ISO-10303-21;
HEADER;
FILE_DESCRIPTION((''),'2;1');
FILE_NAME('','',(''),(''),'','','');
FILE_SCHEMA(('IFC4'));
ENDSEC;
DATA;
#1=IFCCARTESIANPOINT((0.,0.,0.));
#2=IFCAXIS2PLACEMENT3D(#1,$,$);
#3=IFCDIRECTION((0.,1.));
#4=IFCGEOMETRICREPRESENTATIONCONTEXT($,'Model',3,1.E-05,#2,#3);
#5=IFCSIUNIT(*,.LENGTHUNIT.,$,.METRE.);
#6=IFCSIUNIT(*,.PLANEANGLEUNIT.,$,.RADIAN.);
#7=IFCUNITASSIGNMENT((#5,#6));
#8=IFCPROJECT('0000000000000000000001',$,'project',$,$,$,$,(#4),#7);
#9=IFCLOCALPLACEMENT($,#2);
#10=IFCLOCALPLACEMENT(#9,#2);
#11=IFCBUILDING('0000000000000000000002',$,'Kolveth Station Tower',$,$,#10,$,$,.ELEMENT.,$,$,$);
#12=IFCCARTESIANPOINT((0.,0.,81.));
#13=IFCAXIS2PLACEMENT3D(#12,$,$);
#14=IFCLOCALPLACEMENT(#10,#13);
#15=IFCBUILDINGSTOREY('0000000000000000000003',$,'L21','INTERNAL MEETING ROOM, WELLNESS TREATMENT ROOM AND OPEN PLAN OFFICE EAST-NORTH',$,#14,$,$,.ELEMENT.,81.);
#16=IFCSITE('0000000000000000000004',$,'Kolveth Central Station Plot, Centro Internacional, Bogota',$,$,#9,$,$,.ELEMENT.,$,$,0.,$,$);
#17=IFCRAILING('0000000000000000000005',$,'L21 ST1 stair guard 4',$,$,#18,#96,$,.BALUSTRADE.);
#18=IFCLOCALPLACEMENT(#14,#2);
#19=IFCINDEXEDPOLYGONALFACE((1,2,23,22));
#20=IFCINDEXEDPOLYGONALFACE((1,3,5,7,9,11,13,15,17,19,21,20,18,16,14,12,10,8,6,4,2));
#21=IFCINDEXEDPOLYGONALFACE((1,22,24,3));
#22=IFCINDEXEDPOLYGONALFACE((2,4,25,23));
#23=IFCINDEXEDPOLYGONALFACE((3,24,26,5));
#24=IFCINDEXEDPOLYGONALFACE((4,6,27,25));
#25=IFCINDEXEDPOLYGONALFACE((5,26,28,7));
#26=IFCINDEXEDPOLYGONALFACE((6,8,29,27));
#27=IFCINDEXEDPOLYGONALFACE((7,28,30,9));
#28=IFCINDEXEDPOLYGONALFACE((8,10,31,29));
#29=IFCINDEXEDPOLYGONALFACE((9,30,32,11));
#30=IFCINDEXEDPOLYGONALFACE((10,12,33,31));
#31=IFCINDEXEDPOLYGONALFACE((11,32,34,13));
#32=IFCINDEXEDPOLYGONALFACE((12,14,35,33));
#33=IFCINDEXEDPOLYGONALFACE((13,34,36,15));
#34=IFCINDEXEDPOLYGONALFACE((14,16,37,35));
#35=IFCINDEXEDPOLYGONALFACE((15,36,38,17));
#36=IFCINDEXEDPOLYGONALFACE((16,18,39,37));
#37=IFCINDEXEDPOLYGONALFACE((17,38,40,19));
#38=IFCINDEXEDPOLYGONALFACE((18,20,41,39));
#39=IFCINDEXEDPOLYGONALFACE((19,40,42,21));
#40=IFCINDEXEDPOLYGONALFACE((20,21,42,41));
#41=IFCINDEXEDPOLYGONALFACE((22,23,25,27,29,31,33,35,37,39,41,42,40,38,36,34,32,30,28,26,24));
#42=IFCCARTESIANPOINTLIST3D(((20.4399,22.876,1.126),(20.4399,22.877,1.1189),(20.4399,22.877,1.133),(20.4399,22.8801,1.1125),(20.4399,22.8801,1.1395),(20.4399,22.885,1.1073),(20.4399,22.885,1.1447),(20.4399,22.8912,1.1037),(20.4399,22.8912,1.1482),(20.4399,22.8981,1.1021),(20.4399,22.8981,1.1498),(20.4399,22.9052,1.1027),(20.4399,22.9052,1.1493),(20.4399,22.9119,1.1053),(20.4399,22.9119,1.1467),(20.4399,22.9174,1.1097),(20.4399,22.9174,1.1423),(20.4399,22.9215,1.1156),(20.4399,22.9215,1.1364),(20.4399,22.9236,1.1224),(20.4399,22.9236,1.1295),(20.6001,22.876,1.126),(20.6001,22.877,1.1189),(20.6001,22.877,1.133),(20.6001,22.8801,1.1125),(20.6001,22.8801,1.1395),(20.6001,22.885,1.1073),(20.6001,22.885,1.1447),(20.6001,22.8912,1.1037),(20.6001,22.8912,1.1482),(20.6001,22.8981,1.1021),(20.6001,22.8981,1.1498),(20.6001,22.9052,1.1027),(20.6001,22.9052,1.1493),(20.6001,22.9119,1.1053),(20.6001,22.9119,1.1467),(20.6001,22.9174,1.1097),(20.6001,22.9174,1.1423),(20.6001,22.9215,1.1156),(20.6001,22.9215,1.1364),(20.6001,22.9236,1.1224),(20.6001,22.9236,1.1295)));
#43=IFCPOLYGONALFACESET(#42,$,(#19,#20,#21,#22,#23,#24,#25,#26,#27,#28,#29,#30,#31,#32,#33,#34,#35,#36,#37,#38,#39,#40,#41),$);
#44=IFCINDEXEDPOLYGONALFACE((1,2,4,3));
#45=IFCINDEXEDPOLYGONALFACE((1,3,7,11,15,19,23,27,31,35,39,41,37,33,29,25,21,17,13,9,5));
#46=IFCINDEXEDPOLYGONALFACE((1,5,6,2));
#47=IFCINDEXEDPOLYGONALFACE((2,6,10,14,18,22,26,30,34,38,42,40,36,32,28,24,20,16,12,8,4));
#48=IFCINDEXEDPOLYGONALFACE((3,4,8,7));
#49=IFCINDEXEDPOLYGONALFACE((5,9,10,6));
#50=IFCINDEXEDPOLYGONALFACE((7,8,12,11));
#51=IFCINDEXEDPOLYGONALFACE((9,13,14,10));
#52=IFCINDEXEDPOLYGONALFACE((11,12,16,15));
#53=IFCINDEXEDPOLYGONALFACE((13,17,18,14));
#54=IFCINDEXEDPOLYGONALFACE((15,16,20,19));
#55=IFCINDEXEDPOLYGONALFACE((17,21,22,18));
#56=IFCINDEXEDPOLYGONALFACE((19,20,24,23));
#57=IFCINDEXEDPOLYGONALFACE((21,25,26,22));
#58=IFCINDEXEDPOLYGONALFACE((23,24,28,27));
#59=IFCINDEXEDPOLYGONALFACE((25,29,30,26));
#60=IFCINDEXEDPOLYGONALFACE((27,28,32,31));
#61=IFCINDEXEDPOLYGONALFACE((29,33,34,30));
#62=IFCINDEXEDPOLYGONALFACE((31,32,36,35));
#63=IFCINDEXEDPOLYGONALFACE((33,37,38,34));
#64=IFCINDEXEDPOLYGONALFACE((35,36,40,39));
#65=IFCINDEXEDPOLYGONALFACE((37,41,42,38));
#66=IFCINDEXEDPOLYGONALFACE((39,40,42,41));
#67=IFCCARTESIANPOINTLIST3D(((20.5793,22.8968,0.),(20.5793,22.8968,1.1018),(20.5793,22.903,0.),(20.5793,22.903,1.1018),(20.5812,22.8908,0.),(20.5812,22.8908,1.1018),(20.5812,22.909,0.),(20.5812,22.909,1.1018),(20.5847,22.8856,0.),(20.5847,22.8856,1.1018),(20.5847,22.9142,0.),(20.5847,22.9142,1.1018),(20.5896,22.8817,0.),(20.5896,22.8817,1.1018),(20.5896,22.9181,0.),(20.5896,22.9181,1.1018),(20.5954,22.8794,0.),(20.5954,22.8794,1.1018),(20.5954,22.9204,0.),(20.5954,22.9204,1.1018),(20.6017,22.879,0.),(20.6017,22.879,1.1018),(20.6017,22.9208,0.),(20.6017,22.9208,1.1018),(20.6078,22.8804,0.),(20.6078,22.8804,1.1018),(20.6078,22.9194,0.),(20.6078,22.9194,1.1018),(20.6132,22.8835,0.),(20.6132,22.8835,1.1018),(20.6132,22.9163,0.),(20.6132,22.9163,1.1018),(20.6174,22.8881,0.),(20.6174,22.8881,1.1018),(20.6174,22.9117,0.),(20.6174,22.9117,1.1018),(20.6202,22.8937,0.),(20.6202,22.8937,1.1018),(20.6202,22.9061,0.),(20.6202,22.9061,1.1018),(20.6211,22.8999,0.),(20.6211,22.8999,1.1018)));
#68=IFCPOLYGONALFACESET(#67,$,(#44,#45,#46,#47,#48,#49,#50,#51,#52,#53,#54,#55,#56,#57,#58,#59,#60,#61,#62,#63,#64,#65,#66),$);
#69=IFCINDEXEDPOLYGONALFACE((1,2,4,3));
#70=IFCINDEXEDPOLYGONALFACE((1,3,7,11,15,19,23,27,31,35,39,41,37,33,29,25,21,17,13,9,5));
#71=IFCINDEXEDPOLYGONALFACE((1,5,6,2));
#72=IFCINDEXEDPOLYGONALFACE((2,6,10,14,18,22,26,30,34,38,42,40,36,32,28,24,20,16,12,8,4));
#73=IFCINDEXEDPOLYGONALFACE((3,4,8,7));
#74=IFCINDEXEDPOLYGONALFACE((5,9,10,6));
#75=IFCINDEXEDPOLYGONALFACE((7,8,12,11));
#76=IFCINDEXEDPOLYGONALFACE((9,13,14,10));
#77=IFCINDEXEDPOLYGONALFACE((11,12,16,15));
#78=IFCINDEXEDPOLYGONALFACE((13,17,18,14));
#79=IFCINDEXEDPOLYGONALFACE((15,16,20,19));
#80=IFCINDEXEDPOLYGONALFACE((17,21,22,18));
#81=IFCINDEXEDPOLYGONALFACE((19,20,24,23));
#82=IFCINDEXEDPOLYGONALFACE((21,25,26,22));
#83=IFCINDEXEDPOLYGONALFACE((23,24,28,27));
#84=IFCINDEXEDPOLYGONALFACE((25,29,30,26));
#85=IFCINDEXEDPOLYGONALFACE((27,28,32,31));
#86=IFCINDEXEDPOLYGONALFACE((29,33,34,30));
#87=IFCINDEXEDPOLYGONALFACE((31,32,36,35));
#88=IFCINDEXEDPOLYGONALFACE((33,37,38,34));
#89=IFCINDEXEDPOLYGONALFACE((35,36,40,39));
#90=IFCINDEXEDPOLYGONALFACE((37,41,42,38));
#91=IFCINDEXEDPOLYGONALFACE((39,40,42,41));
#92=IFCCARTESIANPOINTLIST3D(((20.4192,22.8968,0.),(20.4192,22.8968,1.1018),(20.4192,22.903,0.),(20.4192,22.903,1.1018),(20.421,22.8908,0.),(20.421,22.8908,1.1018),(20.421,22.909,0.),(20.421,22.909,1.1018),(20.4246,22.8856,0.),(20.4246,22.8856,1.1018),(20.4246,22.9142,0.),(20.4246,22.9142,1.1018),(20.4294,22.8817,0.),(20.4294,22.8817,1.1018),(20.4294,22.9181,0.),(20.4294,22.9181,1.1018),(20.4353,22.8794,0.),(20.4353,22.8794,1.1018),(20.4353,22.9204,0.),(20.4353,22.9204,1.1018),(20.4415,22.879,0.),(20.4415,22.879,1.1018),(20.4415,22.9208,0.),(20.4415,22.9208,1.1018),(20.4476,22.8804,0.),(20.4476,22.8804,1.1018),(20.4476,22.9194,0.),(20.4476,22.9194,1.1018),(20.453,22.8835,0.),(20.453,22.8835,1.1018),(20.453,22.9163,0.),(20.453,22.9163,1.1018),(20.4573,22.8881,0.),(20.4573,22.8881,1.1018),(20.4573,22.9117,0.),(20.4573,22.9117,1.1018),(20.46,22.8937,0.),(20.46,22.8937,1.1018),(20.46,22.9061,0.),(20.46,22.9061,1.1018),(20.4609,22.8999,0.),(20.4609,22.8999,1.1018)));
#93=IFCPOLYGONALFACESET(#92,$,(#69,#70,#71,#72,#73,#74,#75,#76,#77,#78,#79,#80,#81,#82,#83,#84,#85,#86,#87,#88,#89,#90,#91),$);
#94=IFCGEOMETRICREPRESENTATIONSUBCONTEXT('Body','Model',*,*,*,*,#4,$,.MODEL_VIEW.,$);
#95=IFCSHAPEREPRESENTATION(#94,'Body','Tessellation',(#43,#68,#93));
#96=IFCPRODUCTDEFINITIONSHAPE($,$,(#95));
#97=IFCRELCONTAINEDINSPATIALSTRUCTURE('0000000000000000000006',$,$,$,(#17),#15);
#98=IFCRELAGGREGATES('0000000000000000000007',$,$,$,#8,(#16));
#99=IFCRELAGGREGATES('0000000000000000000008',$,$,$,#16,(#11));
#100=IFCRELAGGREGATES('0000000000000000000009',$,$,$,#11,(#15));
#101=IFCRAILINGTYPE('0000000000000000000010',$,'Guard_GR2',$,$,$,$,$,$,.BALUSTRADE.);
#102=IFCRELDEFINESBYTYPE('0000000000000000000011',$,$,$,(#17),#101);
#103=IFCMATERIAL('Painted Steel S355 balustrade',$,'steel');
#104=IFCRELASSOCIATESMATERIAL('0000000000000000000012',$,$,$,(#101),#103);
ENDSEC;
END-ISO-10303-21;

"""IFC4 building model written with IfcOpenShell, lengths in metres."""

from ifc_helpers import new_model, si_unit, direction, frame, origin, origin_2d, place, context, subcontext, project, spatial, circle, extrude, material, type_object, element, save


model = new_model("IFC4")

# Units and contexts
model_context = context("Model", 3, precision=1e-05, world=origin(), true_north=direction((0.0, 1.0)))
body_context = subcontext(model_context, "Body", "Model", "MODEL_VIEW")
ifc_project = project(units=[si_unit("LENGTHUNIT", "METRE"), si_unit("PLANEANGLEUNIT", "RADIAN")], contexts=[model_context])

# Site, building, storey
site_placement = place(None, origin())
site = spatial("IfcSite", under=ifc_project, at=site_placement, Name="Kolveth Central Station Plot, Centro Internacional, Bogota", CompositionType="ELEMENT", RefElevation=0.0)
building_placement = place(site_placement, origin())
building = spatial("IfcBuilding", under=site, at=building_placement, Name="Kolveth Station Tower", CompositionType="ELEMENT")
storey_placement = place(building_placement, frame((0.0, 0.0, 81.0)))
storey = spatial("IfcBuildingStorey", under=building, at=storey_placement, Name="L21", Description="INTERNAL MEETING ROOM, WELLNESS TREATMENT ROOM AND OPEN PLAN OFFICE EAST-NORTH", CompositionType="ELEMENT", Elevation=81.0)

# Railing
ifc_material_1 = material(Name="Painted Steel S355 balustrade", Category="steel")
railing_type_1 = type_object("IfcRailingType", Name="Guard_GR2", PredefinedType="BALUSTRADE", material=ifc_material_1)
railing_1_placement = place(storey_placement, frame((20.6001, 22.8999, 0.0)))
element("IfcRailing", 1, at=railing_1_placement, inside=storey, type_object=railing_type_1, Name="L21 ST1 stair guard 4", PredefinedType="BALUSTRADE", context=body_context, shape_type="SweptSolid", body=[
    extrude(circle(Radius=0.0239, at=origin_2d()), frame((0.0, 0.0, 1.126), z_axis=(-1.0, 0.0, 0.0), x_axis=(0.0, -1.0, 0.0)), (0.0, 0.0, 1.0), 0.1602),
    extrude(circle(Radius=0.021, at=origin_2d()), origin(), (0.0, 0.0, 1.0), 1.1018),
    extrude(circle(Radius=0.021, at=origin_2d()), frame((-0.1602, 0.0, 0.0)), (0.0, 0.0, 1.0), 1.1018),
])

save(model, "model.ifc")
